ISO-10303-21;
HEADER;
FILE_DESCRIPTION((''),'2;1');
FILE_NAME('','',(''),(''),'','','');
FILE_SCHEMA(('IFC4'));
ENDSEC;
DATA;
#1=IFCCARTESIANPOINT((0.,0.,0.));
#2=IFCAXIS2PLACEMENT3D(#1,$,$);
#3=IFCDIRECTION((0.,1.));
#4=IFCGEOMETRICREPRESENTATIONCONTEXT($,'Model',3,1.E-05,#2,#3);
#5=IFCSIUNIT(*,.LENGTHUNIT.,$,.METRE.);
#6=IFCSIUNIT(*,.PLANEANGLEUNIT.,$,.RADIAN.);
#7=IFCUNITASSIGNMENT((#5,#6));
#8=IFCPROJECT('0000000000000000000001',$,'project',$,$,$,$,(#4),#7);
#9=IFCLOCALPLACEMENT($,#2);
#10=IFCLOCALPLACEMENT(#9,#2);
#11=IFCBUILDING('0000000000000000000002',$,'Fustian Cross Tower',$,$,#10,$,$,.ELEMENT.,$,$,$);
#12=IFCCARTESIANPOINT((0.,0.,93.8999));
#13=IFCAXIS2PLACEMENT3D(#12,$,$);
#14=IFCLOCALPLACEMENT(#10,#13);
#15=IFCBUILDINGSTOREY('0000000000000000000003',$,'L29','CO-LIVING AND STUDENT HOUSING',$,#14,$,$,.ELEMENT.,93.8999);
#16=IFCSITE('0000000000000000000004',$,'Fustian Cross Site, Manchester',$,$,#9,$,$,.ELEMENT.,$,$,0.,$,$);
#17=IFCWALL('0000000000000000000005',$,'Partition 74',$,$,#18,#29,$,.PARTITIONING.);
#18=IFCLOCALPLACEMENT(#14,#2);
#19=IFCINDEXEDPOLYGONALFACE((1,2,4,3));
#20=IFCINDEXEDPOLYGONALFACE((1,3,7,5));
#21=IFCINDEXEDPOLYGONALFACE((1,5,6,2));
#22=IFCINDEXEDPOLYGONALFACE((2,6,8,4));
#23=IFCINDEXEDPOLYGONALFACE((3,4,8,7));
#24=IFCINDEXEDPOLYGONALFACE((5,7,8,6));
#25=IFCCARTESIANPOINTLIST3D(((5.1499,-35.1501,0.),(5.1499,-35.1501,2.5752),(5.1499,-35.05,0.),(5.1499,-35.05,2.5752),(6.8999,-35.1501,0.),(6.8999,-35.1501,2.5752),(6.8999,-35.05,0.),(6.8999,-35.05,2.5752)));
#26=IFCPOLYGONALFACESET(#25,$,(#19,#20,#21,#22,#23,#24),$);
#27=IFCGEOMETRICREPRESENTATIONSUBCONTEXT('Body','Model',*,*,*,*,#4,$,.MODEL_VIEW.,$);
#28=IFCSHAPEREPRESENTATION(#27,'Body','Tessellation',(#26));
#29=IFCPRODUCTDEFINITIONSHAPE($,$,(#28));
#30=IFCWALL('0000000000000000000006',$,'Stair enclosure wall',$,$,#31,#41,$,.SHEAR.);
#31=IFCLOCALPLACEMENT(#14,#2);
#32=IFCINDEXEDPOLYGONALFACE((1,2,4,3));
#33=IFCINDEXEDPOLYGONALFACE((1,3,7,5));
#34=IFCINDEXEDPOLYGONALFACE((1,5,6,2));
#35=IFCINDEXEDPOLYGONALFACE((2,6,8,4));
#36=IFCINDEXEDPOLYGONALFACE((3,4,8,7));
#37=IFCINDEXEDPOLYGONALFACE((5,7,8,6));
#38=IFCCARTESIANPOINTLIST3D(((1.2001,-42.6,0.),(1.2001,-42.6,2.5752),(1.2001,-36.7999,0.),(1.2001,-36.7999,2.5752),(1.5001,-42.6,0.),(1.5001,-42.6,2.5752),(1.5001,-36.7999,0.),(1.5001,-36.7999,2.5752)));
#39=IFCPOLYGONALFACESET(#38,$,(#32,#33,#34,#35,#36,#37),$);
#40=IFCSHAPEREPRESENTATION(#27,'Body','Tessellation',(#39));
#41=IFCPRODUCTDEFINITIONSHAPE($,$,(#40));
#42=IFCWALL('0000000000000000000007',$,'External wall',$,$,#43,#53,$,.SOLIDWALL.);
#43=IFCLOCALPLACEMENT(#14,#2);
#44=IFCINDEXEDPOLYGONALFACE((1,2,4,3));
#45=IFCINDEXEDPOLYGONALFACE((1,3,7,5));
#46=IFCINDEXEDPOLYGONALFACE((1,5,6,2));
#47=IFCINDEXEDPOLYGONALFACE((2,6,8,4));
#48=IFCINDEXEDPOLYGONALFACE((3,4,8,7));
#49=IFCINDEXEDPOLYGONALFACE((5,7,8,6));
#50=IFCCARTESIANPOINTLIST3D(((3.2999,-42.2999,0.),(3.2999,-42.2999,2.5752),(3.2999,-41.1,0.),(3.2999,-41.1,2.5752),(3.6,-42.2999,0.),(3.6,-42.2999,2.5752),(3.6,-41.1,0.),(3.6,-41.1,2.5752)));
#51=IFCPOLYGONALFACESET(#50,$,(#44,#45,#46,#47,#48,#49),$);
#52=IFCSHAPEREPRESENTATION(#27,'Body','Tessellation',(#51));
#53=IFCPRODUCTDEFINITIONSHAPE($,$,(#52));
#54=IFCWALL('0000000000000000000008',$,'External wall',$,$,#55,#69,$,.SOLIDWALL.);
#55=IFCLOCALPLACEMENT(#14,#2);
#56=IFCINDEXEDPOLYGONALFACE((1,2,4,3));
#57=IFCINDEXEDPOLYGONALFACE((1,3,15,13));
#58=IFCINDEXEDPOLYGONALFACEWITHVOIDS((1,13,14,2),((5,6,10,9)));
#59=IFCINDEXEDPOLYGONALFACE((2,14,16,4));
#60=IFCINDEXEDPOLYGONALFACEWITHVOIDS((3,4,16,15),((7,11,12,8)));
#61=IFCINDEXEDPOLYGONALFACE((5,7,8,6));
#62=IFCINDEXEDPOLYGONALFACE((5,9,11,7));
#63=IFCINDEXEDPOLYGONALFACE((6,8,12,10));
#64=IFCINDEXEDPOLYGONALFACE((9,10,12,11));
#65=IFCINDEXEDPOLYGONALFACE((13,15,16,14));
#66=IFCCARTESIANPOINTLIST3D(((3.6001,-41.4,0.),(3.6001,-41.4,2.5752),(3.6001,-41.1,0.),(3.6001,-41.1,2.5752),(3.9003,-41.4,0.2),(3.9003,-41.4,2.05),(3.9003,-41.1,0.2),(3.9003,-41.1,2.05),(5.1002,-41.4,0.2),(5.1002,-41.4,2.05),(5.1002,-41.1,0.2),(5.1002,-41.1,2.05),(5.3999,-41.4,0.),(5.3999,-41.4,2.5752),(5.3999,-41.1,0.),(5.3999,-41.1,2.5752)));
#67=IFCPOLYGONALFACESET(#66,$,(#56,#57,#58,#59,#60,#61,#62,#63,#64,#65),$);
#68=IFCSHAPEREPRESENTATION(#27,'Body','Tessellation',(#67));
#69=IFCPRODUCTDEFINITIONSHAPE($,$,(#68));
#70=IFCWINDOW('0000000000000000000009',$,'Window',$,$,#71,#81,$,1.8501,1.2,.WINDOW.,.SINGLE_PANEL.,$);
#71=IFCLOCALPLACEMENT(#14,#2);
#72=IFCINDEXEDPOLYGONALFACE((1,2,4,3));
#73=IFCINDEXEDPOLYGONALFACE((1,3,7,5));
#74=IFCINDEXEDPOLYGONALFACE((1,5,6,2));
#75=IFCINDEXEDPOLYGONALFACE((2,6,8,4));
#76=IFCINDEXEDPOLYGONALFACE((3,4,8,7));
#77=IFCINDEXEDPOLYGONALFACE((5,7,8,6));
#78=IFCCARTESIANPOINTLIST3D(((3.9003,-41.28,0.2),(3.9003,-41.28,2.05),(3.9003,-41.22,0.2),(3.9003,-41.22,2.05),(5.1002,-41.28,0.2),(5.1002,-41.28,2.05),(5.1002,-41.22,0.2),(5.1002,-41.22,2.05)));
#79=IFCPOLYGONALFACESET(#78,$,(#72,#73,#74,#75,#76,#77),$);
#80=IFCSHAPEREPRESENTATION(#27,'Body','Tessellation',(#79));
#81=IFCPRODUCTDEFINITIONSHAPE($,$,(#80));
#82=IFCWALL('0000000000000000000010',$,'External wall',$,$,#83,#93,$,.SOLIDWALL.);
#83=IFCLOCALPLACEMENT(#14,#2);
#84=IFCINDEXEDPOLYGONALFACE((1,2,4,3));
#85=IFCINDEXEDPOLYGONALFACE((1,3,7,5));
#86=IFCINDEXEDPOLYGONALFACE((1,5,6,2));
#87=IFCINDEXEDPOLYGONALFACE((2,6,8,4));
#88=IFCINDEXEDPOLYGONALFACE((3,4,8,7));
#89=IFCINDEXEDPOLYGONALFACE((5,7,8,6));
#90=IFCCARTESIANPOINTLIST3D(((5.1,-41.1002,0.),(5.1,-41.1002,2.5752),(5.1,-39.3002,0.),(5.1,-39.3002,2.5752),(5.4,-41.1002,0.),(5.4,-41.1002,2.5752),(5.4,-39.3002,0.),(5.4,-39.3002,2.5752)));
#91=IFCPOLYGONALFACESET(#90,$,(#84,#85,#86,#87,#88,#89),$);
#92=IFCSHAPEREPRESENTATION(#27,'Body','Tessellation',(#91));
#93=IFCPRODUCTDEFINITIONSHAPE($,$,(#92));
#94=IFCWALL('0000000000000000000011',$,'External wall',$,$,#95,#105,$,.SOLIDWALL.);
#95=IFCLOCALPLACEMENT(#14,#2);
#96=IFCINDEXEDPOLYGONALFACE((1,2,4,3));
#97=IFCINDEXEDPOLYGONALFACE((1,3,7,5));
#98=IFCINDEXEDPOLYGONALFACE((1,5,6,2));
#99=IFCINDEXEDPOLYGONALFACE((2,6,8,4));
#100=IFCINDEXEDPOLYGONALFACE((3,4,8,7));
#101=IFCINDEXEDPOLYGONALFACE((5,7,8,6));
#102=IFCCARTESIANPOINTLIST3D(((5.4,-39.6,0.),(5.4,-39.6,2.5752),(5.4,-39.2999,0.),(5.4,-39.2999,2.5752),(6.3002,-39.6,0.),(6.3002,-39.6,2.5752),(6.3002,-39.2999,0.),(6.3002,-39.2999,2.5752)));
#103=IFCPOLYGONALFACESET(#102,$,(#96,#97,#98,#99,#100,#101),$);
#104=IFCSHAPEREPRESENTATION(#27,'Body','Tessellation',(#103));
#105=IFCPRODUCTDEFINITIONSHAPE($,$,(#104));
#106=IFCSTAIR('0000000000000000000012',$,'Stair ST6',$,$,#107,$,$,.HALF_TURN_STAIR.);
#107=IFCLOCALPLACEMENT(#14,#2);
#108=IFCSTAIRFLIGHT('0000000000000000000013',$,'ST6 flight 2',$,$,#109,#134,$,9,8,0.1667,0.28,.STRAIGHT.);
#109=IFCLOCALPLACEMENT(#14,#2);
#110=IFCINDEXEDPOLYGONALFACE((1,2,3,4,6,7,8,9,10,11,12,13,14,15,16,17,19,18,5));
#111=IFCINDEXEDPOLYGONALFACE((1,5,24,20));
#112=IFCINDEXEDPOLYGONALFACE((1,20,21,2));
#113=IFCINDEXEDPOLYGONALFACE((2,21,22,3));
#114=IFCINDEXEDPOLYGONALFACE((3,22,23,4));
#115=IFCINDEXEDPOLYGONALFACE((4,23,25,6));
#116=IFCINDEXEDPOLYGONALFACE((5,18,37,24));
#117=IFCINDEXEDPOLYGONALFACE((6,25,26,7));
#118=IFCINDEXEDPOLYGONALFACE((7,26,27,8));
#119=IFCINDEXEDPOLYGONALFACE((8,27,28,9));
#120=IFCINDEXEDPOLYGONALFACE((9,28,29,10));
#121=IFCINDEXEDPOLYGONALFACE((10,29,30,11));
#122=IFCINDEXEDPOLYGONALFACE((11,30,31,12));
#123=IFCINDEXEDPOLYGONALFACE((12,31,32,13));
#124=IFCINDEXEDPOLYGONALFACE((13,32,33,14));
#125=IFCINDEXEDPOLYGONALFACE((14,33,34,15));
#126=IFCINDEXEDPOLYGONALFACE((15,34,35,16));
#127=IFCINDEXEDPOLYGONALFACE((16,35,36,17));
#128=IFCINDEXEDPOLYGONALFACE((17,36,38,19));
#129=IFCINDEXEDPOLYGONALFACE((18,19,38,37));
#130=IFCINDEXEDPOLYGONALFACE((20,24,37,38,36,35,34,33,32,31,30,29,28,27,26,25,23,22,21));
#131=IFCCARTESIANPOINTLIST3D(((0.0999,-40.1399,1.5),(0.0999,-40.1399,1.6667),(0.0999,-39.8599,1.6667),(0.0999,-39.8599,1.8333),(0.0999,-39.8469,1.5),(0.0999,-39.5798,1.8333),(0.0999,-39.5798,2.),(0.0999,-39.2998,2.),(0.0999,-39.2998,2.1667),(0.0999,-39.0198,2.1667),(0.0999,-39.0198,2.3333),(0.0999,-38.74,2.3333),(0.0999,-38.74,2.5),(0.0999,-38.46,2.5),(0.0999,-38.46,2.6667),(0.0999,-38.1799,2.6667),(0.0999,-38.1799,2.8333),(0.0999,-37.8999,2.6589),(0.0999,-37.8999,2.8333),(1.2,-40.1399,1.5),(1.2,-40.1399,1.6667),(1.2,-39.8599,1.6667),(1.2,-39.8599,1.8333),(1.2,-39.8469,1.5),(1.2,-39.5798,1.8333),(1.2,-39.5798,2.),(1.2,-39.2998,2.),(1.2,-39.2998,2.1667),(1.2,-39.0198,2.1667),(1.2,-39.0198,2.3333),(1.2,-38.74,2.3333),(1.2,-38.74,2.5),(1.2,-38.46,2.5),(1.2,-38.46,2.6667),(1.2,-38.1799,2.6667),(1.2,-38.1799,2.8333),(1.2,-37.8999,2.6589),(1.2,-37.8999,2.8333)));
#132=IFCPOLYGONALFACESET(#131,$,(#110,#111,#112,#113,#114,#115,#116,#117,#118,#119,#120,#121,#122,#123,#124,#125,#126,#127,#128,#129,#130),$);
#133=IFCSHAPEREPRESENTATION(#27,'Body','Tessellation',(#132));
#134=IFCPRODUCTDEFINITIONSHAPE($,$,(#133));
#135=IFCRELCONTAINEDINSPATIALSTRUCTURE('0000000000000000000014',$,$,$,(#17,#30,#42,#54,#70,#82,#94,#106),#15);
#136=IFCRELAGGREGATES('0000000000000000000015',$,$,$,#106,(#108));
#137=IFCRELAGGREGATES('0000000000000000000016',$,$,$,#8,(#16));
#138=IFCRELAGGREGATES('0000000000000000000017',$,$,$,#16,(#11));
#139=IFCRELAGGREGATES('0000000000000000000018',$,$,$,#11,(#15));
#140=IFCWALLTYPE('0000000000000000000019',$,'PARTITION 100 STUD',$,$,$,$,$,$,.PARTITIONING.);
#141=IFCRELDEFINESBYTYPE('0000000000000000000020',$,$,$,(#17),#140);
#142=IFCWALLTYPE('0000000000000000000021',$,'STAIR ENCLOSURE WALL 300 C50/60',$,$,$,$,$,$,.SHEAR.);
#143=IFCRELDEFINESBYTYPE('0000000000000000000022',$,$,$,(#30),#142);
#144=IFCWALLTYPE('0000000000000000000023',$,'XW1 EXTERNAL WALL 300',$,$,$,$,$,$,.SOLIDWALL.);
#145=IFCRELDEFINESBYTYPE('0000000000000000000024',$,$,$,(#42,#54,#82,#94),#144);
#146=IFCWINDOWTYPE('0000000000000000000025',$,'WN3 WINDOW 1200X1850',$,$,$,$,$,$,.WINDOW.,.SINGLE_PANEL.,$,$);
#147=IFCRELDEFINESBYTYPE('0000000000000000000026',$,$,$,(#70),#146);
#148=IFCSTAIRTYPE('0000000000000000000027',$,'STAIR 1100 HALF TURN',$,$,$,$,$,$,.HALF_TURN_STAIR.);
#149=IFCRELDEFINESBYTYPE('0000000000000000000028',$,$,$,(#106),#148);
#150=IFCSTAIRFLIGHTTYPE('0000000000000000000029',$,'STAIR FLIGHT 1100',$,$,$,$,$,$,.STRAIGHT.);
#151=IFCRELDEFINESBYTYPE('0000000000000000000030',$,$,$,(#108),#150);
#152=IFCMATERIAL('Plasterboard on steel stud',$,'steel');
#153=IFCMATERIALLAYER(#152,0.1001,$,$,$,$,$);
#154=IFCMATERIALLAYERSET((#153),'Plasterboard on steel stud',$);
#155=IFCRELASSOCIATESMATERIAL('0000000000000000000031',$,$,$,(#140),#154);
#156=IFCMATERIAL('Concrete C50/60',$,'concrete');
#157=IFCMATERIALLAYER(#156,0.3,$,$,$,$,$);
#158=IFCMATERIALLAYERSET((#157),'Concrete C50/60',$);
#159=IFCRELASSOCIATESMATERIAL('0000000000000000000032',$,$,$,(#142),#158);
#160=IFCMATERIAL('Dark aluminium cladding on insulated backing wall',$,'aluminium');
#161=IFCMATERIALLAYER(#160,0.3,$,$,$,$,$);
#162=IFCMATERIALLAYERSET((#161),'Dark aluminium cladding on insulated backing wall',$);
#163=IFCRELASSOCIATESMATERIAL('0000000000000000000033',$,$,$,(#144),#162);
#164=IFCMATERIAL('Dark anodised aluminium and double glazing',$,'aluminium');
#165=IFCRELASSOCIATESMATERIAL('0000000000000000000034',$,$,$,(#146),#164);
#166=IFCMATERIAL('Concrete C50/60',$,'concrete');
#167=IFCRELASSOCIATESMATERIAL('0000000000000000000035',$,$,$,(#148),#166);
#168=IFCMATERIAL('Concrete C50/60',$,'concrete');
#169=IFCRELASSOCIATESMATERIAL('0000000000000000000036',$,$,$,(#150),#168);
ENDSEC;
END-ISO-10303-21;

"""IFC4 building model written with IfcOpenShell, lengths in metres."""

from ifc_helpers import new_model, si_unit, direction, frame, frame_2d, origin, place, context, subcontext, project, spatial, polyline, rectangle, outline, extrude, material, layer, layer_set, type_object, element, fill, aggregate, save


model = new_model("IFC4")

# Units and contexts
model_context = context("Model", 3, precision=1e-05, world=origin(), true_north=direction((0.0, 1.0)))
body_context = subcontext(model_context, "Body", "Model", "MODEL_VIEW")
ifc_project = project(units=[si_unit("LENGTHUNIT", "METRE"), si_unit("PLANEANGLEUNIT", "RADIAN")], contexts=[model_context])

# Site, building, storey
site_placement = place(None, origin())
site = spatial("IfcSite", under=ifc_project, at=site_placement, Name="Fustian Cross Site, Manchester", CompositionType="ELEMENT", RefElevation=0.0)
building_placement = place(site_placement, origin())
building = spatial("IfcBuilding", under=site, at=building_placement, Name="Fustian Cross Tower", CompositionType="ELEMENT")
storey_placement = place(building_placement, frame((0.0, 0.0, 93.8999)))
storey = spatial("IfcBuildingStorey", under=building, at=storey_placement, Name="L29", Description="CO-LIVING AND STUDENT HOUSING", CompositionType="ELEMENT", Elevation=93.8999)

# Shared definitions
ifc_material_1 = material(Name="Plasterboard on steel stud", Category="steel")
ifc_layer_1 = layer(ifc_material_1, 0.1001)
ifc_layer_set_1 = layer_set([ifc_layer_1], Name="Plasterboard on steel stud")
wall_type_1 = type_object("IfcWallType", Name="PARTITION 100 STUD", PredefinedType="PARTITIONING", material=ifc_layer_set_1)

# Walls
wall_1_placement = place(storey_placement, frame((5.1499, -35.1001, 0.0), z_axis=(0.0, 0.0, 1.0), x_axis=(1.0, 0.0, 0.0)))
element("IfcWall", 1, at=wall_1_placement, inside=storey, type_object=wall_type_1, Name="Partition 74", PredefinedType="PARTITIONING", context=body_context, shape_type="SweptSolid", body=[
    extrude(rectangle(XDim=1.75, YDim=0.1001, at=frame_2d((0.875, 0.0))), origin(), (0.0, 0.0, 1.0), 2.5752),
])
ifc_material_2 = material(Name="Concrete C50/60", Category="concrete")
ifc_layer_2 = layer(ifc_material_2, 0.3)
ifc_layer_set_2 = layer_set([ifc_layer_2], Name="Concrete C50/60")
wall_type_2 = type_object("IfcWallType", Name="STAIR ENCLOSURE WALL 300 C50/60", PredefinedType="SHEAR", material=ifc_layer_set_2)
wall_2_placement = place(storey_placement, frame((1.3501, -36.8, 0.0), z_axis=(0.0, 0.0, 1.0), x_axis=(0.0, -1.0, 0.0)))
element("IfcWall", 2, at=wall_2_placement, inside=storey, type_object=wall_type_2, Name="Stair enclosure wall", PredefinedType="SHEAR", context=body_context, shape_type="SweptSolid", body=[
    extrude(rectangle(XDim=5.8, YDim=0.3, at=frame_2d((2.8999, 0.0))), origin(), (0.0, 0.0, 1.0), 2.5752),
])
ifc_material_3 = material(Name="Dark aluminium cladding on insulated backing wall", Category="aluminium")
ifc_layer_3 = layer(ifc_material_3, 0.3)
ifc_layer_set_3 = layer_set([ifc_layer_3], Name="Dark aluminium cladding on insulated backing wall")
wall_type_3 = type_object("IfcWallType", Name="XW1 EXTERNAL WALL 300", PredefinedType="SOLIDWALL", material=ifc_layer_set_3)
wall_3_placement = place(storey_placement, frame((3.45, -42.3, 0.0), z_axis=(0.0, 0.0, 1.0), x_axis=(0.0, 1.0, 0.0)))
element("IfcWall", 3, at=wall_3_placement, inside=storey, type_object=wall_type_3, Name="External wall", PredefinedType="SOLIDWALL", context=body_context, shape_type="SweptSolid", body=[
    extrude(rectangle(XDim=1.2, YDim=0.3, at=frame_2d((0.6001, 0.0))), origin(), (0.0, 0.0, 1.0), 2.5752),
])

# Wall, opening, window
wall_4_placement = place(storey_placement, frame((3.6001, -41.25, 0.0), z_axis=(0.0, 0.0, 1.0), x_axis=(1.0, 0.0, 0.0)))
wall_4 = element("IfcWall", 4, at=wall_4_placement, inside=storey, type_object=wall_type_3, Name="External wall", PredefinedType="SOLIDWALL", context=body_context, shape_type="SweptSolid", body=[
    extrude(rectangle(XDim=1.7998, YDim=0.3, at=frame_2d((0.8999, 0.0))), origin(), (0.0, 0.0, 1.0), 2.5752),
])
opening_1_placement = place(wall_4_placement, frame((0.3, 0.0, 0.2)))
opening_1 = element("IfcOpeningElement", 5, at=opening_1_placement, cuts=wall_4, PredefinedType="OPENING", context=body_context, shape_type="SweptSolid", body=[
    extrude(rectangle(XDim=1.2, YDim=1.8501, at=frame_2d((0.6001, 0.925))), frame((0.0, 0.1599, 0.0), z_axis=(0.0, -1.0, 0.0), x_axis=(1.0, 0.0, 0.0)), (0.0, 0.0, 1.0), 0.3201),
])
ifc_material_4 = material(Name="Dark anodised aluminium and double glazing", Category="aluminium")
window_type = type_object("IfcWindowType", Name="WN3 WINDOW 1200X1850", PartitioningType="SINGLE_PANEL", PredefinedType="WINDOW", material=ifc_material_4)
window_placement = place(opening_1_placement, origin())
window = element("IfcWindow", 6, at=window_placement, inside=storey, type_object=window_type, Name="Window", OverallHeight=1.8501, OverallWidth=1.2, PartitioningType="SINGLE_PANEL", PredefinedType="WINDOW", context=body_context, shape_type="SweptSolid", body=[
    extrude(rectangle(XDim=1.2, YDim=1.8501, at=frame_2d((0.6001, 0.925))), frame((0.0, 0.03, 0.0), z_axis=(0.0, -1.0, 0.0), x_axis=(1.0, 0.0, 0.0)), (0.0, 0.0, 1.0), 0.0601),
])
fill(opening_1, window)

# Walls
wall_5_placement = place(storey_placement, frame((5.25, -41.1001, 0.0), z_axis=(0.0, 0.0, 1.0), x_axis=(0.0, 1.0, 0.0)))
element("IfcWall", 7, at=wall_5_placement, inside=storey, type_object=wall_type_3, Name="External wall", PredefinedType="SOLIDWALL", context=body_context, shape_type="SweptSolid", body=[
    extrude(rectangle(XDim=1.8, YDim=0.3, at=frame_2d((0.8999, 0.0))), origin(), (0.0, 0.0, 1.0), 2.5752),
])
wall_6_placement = place(storey_placement, frame((5.3999, -39.45, 0.0), z_axis=(0.0, 0.0, 1.0), x_axis=(1.0, 0.0, 0.0)))
element("IfcWall", 8, at=wall_6_placement, inside=storey, type_object=wall_type_3, Name="External wall", PredefinedType="SOLIDWALL", context=body_context, shape_type="SweptSolid", body=[
    extrude(rectangle(XDim=0.9001, YDim=0.3, at=frame_2d((0.4502, 0.0))), origin(), (0.0, 0.0, 1.0), 2.5752),
])

# Stair, stair flight
ifc_material_5 = material(Name="Concrete C50/60", Category="concrete")
stair_type = type_object("IfcStairType", Name="STAIR 1100 HALF TURN", PredefinedType="HALF_TURN_STAIR", material=ifc_material_5)
stair_placement = place(storey_placement, origin())
stair = element("IfcStair", 9, at=stair_placement, inside=storey, type_object=stair_type, Name="Stair ST6", PredefinedType="HALF_TURN_STAIR")
ifc_material_6 = material(Name="Concrete C50/60", Category="concrete")
stair_flight_type = type_object("IfcStairFlightType", Name="STAIR FLIGHT 1100", PredefinedType="STRAIGHT", material=ifc_material_6)
stair_flight_placement = place(storey_placement, frame((0.6499, -40.1399, 1.5), z_axis=(0.0, 0.0, 1.0), x_axis=(0.0, 1.0, 0.0)))
stair_flight = element("IfcStairFlight", 10, at=stair_flight_placement, type_object=stair_flight_type, Name="ST6 flight 2", NumberOfRisers=9, NumberOfTreads=8, PredefinedType="STRAIGHT", RiserHeight=0.1667, TreadLength=0.28, context=body_context, shape_type="SweptSolid", body=[
    extrude(outline(polyline([(0.0, 0.0), (0.0, 0.1667), (0.28, 0.1667), (0.28, 0.3333), (0.5601, 0.3333), (0.5601, 0.5), (0.8401, 0.5), (0.8401, 0.6667), (1.1201, 0.6667), (1.1201, 0.8333), (1.3999, 0.8333), (1.3999, 1.0), (1.6799, 1.0), (1.6799, 1.1667), (1.96, 1.1667), (1.96, 1.3333), (2.24, 1.3333), (2.24, 1.5), (2.24, 1.1589), (0.293, 0.0), (0.0, 0.0)])), frame((0.0, 0.55, 0.0), z_axis=(0.0, -1.0, 0.0), x_axis=(1.0, 0.0, 0.0)), (0.0, 0.0, 1.0), 1.1001),
])
aggregate(stair, [stair_flight])

save(model, "model.ifc")
